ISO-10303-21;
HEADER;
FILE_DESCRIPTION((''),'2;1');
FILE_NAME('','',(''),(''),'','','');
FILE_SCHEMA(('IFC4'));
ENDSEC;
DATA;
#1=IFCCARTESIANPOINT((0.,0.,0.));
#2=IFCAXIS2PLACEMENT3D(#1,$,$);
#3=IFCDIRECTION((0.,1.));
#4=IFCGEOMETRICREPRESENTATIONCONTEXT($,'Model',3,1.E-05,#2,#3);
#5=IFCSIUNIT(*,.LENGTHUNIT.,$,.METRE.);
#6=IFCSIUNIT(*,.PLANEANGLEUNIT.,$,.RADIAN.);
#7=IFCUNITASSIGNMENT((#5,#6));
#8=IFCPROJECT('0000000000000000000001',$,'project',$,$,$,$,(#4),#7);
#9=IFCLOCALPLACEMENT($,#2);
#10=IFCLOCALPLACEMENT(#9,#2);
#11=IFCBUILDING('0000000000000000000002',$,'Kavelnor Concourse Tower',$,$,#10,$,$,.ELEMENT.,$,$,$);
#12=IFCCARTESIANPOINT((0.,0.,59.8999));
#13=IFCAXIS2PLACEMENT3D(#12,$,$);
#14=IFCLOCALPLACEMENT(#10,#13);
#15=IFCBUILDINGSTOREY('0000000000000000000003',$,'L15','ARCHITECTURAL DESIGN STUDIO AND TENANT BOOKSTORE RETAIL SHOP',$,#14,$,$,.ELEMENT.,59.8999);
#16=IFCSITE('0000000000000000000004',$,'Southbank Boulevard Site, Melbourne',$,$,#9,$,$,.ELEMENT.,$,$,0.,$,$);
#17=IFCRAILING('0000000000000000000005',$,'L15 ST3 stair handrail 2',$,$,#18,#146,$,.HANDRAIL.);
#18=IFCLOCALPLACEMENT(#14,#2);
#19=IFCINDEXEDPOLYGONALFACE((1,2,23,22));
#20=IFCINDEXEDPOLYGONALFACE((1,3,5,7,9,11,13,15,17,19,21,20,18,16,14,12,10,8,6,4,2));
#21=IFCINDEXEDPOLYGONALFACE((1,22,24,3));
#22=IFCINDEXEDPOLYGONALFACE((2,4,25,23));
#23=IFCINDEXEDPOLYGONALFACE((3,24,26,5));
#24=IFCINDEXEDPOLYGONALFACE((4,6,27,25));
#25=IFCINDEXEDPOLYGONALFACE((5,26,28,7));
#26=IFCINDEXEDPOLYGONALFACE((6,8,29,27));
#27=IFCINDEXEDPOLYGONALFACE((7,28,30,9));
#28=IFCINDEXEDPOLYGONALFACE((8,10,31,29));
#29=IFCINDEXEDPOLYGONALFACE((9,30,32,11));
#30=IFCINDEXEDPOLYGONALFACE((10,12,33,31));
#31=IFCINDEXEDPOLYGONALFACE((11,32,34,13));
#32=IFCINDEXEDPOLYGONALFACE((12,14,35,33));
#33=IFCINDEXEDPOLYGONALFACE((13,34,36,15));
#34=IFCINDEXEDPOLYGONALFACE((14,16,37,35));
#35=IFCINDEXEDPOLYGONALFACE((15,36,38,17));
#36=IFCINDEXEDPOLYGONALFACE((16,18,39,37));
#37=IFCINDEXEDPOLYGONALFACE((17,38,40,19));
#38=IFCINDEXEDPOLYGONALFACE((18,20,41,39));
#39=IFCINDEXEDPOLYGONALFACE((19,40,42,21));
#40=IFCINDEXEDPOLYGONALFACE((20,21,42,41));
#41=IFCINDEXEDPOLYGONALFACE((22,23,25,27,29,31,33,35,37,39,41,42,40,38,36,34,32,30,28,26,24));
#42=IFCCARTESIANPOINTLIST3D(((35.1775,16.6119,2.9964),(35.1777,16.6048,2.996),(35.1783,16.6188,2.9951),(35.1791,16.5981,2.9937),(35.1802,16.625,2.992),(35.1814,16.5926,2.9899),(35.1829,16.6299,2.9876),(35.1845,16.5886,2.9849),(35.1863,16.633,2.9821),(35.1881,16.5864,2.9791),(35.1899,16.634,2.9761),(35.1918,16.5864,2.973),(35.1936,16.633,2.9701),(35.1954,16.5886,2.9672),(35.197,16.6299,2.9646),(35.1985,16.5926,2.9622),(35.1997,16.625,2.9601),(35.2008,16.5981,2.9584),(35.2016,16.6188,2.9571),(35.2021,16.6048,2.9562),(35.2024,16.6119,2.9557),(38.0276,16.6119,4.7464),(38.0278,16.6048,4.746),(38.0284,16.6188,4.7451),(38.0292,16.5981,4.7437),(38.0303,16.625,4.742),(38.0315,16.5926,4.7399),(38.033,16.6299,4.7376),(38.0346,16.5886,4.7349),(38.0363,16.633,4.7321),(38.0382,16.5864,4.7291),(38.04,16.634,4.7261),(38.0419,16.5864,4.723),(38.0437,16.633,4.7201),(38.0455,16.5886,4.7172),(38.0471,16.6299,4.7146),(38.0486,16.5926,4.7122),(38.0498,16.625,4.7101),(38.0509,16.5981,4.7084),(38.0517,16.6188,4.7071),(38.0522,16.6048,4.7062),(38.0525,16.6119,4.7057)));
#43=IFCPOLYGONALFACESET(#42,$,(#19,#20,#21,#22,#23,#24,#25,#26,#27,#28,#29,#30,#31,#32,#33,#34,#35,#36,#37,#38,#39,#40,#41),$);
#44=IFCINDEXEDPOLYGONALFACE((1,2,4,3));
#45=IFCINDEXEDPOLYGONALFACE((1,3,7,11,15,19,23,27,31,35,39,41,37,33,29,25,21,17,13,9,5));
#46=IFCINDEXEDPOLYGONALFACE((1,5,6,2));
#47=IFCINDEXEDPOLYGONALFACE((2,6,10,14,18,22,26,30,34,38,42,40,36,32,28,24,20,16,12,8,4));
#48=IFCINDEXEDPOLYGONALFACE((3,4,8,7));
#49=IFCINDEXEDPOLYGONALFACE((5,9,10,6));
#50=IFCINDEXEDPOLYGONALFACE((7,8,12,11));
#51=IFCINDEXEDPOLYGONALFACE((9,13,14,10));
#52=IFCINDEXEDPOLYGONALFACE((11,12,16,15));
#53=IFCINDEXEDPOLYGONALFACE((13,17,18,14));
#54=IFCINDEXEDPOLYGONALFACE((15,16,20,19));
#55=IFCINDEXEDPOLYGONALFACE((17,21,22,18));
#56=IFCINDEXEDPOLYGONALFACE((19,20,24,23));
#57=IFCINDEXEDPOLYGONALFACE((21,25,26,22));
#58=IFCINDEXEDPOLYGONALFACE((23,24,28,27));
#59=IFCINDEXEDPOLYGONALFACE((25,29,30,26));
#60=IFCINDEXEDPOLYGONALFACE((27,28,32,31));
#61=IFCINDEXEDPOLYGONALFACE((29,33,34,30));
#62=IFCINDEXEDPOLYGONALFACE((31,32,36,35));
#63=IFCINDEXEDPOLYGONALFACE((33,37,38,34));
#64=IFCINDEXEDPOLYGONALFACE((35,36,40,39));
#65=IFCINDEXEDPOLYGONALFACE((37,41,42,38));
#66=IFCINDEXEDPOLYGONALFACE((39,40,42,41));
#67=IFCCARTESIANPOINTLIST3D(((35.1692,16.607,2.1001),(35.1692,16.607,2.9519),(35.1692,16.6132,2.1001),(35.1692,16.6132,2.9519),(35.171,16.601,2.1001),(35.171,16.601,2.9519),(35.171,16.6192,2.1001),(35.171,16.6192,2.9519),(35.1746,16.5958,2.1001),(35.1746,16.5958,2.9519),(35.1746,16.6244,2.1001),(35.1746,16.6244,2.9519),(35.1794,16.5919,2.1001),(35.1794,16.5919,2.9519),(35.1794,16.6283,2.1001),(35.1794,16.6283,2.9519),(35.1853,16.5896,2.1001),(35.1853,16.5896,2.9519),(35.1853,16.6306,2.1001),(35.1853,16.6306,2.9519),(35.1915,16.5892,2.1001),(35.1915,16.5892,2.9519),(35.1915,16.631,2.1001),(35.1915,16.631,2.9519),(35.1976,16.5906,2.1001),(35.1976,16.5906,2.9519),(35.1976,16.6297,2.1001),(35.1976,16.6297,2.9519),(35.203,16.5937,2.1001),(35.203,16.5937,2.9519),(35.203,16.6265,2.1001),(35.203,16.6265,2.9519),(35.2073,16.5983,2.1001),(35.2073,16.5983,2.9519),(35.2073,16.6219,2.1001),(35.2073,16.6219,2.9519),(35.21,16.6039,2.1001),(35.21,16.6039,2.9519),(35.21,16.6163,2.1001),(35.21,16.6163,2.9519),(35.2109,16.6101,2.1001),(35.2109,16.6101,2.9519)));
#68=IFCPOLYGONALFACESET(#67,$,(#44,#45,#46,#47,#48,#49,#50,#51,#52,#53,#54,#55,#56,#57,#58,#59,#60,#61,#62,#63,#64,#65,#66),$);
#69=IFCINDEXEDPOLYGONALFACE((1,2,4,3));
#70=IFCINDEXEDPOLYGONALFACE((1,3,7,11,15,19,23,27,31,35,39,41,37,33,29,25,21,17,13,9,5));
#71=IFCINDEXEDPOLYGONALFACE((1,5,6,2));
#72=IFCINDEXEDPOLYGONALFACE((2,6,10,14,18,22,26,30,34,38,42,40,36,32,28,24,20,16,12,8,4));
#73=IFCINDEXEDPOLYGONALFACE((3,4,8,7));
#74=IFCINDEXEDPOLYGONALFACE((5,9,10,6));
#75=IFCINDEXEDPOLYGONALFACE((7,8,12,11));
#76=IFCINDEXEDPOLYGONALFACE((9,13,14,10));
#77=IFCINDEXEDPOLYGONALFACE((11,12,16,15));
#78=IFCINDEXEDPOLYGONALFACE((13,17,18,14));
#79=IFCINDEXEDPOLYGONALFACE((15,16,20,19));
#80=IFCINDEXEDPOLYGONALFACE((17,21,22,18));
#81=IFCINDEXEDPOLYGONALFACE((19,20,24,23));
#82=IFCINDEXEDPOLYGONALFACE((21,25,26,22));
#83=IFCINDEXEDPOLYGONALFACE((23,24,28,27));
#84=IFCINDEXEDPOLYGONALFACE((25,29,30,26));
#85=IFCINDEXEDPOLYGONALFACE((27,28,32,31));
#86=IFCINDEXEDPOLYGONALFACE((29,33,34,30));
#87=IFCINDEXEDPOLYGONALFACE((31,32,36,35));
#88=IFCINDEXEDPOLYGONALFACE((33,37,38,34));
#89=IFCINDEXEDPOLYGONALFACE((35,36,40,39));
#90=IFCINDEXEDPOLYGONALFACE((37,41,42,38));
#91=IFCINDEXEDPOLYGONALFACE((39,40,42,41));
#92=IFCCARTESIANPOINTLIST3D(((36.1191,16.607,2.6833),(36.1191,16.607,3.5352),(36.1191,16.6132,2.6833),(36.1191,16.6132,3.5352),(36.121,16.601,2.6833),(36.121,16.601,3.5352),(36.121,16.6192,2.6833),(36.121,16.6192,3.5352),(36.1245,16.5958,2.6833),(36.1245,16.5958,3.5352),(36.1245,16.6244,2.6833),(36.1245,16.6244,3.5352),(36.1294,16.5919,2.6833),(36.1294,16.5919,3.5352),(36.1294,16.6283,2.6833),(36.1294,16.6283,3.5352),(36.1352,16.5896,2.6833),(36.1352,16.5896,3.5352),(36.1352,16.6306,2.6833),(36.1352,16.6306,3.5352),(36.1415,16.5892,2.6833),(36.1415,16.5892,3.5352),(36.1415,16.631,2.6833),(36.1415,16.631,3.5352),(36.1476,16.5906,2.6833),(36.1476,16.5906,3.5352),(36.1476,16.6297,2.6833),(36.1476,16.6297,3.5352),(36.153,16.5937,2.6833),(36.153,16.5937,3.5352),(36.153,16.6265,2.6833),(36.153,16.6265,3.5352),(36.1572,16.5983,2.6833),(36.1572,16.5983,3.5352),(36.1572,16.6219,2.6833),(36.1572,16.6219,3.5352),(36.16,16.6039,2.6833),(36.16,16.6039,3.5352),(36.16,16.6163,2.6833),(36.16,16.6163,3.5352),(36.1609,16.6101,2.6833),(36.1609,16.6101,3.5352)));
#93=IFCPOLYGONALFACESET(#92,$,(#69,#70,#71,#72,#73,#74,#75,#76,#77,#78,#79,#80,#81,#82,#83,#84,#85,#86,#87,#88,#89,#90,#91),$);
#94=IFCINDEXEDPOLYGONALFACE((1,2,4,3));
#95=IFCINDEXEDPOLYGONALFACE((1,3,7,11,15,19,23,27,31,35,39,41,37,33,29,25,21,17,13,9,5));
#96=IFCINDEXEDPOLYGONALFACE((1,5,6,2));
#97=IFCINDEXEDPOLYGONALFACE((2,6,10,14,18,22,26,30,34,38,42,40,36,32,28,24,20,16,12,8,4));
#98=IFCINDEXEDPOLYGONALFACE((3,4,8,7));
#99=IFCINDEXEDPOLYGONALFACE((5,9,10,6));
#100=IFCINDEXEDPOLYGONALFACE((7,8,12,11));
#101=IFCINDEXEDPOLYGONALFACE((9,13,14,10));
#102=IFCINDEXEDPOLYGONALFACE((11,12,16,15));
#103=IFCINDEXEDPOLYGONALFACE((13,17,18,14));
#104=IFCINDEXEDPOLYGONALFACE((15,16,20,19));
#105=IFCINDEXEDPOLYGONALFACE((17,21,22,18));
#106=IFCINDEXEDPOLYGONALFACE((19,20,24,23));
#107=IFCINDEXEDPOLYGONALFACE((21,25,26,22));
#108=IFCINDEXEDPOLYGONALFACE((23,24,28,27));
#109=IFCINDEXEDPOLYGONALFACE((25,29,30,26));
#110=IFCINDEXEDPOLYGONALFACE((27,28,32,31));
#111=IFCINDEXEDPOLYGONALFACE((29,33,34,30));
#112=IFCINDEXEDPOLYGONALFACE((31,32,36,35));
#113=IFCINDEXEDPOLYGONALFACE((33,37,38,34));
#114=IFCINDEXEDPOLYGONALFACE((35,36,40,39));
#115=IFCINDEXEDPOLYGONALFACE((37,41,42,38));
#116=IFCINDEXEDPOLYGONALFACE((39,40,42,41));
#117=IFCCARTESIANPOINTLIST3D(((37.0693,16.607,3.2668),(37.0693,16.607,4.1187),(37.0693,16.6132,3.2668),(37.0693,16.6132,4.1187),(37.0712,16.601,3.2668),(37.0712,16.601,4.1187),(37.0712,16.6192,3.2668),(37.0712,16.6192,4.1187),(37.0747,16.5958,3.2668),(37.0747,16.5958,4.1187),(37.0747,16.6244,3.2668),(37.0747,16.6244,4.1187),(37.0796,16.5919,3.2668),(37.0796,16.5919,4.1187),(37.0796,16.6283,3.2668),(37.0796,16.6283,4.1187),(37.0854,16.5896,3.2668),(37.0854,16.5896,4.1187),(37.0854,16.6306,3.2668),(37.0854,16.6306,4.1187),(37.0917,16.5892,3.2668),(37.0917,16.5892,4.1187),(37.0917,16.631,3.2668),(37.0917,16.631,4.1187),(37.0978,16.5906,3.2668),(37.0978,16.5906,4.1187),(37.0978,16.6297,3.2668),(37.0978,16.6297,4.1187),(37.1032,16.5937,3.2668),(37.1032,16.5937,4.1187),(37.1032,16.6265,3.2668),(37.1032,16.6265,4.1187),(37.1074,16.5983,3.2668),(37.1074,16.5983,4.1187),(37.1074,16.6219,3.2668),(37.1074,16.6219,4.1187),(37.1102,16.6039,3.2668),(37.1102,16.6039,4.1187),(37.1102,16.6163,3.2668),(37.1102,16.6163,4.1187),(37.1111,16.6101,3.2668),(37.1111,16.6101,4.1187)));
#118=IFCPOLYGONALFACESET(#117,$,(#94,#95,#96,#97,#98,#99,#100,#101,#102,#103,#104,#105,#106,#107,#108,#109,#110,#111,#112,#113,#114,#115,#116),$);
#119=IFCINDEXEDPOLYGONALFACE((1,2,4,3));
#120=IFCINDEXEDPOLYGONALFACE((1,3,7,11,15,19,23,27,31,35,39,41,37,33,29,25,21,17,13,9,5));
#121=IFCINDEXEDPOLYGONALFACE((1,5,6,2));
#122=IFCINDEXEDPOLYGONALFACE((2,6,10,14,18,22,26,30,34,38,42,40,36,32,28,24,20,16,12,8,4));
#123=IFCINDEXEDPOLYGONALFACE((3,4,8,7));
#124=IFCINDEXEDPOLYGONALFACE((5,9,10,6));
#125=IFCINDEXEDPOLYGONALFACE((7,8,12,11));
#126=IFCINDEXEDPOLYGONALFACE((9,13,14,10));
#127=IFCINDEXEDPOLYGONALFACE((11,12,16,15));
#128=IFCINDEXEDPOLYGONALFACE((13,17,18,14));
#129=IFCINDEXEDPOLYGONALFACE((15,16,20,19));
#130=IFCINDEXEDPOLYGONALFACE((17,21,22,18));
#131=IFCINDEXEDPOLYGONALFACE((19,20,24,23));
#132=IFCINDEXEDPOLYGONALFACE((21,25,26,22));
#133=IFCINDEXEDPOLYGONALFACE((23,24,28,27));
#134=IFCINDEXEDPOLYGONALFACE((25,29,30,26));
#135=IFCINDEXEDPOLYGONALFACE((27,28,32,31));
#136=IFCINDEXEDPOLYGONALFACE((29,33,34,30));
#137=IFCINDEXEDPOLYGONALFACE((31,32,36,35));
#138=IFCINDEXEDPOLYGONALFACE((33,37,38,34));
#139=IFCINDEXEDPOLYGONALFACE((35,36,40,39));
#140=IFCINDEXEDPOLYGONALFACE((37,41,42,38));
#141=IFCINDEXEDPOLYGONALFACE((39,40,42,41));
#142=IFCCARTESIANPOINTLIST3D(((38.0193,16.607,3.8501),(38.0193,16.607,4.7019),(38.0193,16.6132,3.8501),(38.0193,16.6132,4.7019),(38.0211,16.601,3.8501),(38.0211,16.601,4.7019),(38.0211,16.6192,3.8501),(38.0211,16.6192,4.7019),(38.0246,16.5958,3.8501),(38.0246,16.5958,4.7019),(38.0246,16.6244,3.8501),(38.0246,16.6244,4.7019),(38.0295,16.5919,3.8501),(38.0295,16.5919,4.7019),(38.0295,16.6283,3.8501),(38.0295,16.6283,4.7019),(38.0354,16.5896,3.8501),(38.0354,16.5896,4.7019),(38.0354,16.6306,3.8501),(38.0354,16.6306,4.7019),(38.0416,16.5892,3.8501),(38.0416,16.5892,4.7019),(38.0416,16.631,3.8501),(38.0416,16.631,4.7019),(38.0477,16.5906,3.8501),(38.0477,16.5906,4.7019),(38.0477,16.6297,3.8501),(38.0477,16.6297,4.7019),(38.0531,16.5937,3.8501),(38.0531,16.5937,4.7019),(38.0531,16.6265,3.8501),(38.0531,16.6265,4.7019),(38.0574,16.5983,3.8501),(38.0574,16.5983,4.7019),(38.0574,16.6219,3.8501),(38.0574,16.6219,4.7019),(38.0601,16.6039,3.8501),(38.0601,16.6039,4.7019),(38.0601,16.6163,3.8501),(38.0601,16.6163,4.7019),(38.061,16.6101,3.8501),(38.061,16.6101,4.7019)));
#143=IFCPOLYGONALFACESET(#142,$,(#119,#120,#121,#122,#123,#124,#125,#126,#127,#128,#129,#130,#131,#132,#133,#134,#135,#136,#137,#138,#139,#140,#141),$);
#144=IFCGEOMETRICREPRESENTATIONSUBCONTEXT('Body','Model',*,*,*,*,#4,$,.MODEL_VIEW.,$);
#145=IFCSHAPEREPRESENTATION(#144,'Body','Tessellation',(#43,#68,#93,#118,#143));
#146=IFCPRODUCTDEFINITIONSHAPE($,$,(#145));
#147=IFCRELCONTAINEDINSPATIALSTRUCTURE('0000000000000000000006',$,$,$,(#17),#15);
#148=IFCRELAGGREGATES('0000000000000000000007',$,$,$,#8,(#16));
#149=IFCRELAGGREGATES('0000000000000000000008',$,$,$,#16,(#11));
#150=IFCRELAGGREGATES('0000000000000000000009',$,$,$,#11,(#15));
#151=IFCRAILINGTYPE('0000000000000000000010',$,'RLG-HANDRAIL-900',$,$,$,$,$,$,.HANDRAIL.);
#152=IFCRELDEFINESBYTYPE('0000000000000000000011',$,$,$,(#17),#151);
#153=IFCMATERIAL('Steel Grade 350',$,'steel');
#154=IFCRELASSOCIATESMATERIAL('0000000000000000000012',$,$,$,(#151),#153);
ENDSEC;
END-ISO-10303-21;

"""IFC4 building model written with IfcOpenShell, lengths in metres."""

from ifc_helpers import new_model, si_unit, direction, frame, origin, origin_2d, place, context, subcontext, project, spatial, circle, extrude, material, type_object, element, save


model = new_model("IFC4")

# Units and contexts
model_context = context("Model", 3, precision=1e-05, world=origin(), true_north=direction((0.0, 1.0)))
body_context = subcontext(model_context, "Body", "Model", "MODEL_VIEW")
ifc_project = project(units=[si_unit("LENGTHUNIT", "METRE"), si_unit("PLANEANGLEUNIT", "RADIAN")], contexts=[model_context])

# Site, building, storey
site_placement = place(None, origin())
site = spatial("IfcSite", under=ifc_project, at=site_placement, Name="Southbank Boulevard Site, Melbourne", CompositionType="ELEMENT", RefElevation=0.0)
building_placement = place(site_placement, origin())
building = spatial("IfcBuilding", under=site, at=building_placement, Name="Kavelnor Concourse Tower", CompositionType="ELEMENT")
storey_placement = place(building_placement, frame((0.0, 0.0, 59.8999)))
storey = spatial("IfcBuildingStorey", under=building, at=storey_placement, Name="L15", Description="ARCHITECTURAL DESIGN STUDIO AND TENANT BOOKSTORE RETAIL SHOP", CompositionType="ELEMENT", Elevation=59.8999)

# Shared definitions
ifc_material_1 = material(Name="Steel Grade 350", Category="steel")

# Railing
railing_type_1 = type_object("IfcRailingType", Name="RLG-HANDRAIL-900", PredefinedType="HANDRAIL", material=ifc_material_1)
railing_1_placement = place(storey_placement, frame((35.1899, 16.6101, 2.1001)))
element("IfcRailing", 1, at=railing_1_placement, inside=storey, type_object=railing_type_1, Name="L15 ST3 stair handrail 2", PredefinedType="HANDRAIL", context=body_context, shape_type="SweptSolid", body=[
    extrude(circle(Radius=0.0239, at=origin_2d()), frame((0.0, 0.0, 0.876), z_axis=(0.852179, 0.0, 0.52325), x_axis=(0.0, 1.0, 0.0)), (0.0, 0.0, 1.0), 3.3445),
    extrude(circle(Radius=0.021, at=origin_2d()), origin(), (0.0, 0.0, 1.0), 0.8518),
    extrude(circle(Radius=0.021, at=origin_2d()), frame((0.95, 0.0, 0.5833)), (0.0, 0.0, 1.0), 0.8518),
    extrude(circle(Radius=0.021, at=origin_2d()), frame((1.9001, 0.0, 1.1667)), (0.0, 0.0, 1.0), 0.8518),
    extrude(circle(Radius=0.021, at=origin_2d()), frame((2.8501, 0.0, 1.75)), (0.0, 0.0, 1.0), 0.8518),
])

save(model, "model.ifc")
